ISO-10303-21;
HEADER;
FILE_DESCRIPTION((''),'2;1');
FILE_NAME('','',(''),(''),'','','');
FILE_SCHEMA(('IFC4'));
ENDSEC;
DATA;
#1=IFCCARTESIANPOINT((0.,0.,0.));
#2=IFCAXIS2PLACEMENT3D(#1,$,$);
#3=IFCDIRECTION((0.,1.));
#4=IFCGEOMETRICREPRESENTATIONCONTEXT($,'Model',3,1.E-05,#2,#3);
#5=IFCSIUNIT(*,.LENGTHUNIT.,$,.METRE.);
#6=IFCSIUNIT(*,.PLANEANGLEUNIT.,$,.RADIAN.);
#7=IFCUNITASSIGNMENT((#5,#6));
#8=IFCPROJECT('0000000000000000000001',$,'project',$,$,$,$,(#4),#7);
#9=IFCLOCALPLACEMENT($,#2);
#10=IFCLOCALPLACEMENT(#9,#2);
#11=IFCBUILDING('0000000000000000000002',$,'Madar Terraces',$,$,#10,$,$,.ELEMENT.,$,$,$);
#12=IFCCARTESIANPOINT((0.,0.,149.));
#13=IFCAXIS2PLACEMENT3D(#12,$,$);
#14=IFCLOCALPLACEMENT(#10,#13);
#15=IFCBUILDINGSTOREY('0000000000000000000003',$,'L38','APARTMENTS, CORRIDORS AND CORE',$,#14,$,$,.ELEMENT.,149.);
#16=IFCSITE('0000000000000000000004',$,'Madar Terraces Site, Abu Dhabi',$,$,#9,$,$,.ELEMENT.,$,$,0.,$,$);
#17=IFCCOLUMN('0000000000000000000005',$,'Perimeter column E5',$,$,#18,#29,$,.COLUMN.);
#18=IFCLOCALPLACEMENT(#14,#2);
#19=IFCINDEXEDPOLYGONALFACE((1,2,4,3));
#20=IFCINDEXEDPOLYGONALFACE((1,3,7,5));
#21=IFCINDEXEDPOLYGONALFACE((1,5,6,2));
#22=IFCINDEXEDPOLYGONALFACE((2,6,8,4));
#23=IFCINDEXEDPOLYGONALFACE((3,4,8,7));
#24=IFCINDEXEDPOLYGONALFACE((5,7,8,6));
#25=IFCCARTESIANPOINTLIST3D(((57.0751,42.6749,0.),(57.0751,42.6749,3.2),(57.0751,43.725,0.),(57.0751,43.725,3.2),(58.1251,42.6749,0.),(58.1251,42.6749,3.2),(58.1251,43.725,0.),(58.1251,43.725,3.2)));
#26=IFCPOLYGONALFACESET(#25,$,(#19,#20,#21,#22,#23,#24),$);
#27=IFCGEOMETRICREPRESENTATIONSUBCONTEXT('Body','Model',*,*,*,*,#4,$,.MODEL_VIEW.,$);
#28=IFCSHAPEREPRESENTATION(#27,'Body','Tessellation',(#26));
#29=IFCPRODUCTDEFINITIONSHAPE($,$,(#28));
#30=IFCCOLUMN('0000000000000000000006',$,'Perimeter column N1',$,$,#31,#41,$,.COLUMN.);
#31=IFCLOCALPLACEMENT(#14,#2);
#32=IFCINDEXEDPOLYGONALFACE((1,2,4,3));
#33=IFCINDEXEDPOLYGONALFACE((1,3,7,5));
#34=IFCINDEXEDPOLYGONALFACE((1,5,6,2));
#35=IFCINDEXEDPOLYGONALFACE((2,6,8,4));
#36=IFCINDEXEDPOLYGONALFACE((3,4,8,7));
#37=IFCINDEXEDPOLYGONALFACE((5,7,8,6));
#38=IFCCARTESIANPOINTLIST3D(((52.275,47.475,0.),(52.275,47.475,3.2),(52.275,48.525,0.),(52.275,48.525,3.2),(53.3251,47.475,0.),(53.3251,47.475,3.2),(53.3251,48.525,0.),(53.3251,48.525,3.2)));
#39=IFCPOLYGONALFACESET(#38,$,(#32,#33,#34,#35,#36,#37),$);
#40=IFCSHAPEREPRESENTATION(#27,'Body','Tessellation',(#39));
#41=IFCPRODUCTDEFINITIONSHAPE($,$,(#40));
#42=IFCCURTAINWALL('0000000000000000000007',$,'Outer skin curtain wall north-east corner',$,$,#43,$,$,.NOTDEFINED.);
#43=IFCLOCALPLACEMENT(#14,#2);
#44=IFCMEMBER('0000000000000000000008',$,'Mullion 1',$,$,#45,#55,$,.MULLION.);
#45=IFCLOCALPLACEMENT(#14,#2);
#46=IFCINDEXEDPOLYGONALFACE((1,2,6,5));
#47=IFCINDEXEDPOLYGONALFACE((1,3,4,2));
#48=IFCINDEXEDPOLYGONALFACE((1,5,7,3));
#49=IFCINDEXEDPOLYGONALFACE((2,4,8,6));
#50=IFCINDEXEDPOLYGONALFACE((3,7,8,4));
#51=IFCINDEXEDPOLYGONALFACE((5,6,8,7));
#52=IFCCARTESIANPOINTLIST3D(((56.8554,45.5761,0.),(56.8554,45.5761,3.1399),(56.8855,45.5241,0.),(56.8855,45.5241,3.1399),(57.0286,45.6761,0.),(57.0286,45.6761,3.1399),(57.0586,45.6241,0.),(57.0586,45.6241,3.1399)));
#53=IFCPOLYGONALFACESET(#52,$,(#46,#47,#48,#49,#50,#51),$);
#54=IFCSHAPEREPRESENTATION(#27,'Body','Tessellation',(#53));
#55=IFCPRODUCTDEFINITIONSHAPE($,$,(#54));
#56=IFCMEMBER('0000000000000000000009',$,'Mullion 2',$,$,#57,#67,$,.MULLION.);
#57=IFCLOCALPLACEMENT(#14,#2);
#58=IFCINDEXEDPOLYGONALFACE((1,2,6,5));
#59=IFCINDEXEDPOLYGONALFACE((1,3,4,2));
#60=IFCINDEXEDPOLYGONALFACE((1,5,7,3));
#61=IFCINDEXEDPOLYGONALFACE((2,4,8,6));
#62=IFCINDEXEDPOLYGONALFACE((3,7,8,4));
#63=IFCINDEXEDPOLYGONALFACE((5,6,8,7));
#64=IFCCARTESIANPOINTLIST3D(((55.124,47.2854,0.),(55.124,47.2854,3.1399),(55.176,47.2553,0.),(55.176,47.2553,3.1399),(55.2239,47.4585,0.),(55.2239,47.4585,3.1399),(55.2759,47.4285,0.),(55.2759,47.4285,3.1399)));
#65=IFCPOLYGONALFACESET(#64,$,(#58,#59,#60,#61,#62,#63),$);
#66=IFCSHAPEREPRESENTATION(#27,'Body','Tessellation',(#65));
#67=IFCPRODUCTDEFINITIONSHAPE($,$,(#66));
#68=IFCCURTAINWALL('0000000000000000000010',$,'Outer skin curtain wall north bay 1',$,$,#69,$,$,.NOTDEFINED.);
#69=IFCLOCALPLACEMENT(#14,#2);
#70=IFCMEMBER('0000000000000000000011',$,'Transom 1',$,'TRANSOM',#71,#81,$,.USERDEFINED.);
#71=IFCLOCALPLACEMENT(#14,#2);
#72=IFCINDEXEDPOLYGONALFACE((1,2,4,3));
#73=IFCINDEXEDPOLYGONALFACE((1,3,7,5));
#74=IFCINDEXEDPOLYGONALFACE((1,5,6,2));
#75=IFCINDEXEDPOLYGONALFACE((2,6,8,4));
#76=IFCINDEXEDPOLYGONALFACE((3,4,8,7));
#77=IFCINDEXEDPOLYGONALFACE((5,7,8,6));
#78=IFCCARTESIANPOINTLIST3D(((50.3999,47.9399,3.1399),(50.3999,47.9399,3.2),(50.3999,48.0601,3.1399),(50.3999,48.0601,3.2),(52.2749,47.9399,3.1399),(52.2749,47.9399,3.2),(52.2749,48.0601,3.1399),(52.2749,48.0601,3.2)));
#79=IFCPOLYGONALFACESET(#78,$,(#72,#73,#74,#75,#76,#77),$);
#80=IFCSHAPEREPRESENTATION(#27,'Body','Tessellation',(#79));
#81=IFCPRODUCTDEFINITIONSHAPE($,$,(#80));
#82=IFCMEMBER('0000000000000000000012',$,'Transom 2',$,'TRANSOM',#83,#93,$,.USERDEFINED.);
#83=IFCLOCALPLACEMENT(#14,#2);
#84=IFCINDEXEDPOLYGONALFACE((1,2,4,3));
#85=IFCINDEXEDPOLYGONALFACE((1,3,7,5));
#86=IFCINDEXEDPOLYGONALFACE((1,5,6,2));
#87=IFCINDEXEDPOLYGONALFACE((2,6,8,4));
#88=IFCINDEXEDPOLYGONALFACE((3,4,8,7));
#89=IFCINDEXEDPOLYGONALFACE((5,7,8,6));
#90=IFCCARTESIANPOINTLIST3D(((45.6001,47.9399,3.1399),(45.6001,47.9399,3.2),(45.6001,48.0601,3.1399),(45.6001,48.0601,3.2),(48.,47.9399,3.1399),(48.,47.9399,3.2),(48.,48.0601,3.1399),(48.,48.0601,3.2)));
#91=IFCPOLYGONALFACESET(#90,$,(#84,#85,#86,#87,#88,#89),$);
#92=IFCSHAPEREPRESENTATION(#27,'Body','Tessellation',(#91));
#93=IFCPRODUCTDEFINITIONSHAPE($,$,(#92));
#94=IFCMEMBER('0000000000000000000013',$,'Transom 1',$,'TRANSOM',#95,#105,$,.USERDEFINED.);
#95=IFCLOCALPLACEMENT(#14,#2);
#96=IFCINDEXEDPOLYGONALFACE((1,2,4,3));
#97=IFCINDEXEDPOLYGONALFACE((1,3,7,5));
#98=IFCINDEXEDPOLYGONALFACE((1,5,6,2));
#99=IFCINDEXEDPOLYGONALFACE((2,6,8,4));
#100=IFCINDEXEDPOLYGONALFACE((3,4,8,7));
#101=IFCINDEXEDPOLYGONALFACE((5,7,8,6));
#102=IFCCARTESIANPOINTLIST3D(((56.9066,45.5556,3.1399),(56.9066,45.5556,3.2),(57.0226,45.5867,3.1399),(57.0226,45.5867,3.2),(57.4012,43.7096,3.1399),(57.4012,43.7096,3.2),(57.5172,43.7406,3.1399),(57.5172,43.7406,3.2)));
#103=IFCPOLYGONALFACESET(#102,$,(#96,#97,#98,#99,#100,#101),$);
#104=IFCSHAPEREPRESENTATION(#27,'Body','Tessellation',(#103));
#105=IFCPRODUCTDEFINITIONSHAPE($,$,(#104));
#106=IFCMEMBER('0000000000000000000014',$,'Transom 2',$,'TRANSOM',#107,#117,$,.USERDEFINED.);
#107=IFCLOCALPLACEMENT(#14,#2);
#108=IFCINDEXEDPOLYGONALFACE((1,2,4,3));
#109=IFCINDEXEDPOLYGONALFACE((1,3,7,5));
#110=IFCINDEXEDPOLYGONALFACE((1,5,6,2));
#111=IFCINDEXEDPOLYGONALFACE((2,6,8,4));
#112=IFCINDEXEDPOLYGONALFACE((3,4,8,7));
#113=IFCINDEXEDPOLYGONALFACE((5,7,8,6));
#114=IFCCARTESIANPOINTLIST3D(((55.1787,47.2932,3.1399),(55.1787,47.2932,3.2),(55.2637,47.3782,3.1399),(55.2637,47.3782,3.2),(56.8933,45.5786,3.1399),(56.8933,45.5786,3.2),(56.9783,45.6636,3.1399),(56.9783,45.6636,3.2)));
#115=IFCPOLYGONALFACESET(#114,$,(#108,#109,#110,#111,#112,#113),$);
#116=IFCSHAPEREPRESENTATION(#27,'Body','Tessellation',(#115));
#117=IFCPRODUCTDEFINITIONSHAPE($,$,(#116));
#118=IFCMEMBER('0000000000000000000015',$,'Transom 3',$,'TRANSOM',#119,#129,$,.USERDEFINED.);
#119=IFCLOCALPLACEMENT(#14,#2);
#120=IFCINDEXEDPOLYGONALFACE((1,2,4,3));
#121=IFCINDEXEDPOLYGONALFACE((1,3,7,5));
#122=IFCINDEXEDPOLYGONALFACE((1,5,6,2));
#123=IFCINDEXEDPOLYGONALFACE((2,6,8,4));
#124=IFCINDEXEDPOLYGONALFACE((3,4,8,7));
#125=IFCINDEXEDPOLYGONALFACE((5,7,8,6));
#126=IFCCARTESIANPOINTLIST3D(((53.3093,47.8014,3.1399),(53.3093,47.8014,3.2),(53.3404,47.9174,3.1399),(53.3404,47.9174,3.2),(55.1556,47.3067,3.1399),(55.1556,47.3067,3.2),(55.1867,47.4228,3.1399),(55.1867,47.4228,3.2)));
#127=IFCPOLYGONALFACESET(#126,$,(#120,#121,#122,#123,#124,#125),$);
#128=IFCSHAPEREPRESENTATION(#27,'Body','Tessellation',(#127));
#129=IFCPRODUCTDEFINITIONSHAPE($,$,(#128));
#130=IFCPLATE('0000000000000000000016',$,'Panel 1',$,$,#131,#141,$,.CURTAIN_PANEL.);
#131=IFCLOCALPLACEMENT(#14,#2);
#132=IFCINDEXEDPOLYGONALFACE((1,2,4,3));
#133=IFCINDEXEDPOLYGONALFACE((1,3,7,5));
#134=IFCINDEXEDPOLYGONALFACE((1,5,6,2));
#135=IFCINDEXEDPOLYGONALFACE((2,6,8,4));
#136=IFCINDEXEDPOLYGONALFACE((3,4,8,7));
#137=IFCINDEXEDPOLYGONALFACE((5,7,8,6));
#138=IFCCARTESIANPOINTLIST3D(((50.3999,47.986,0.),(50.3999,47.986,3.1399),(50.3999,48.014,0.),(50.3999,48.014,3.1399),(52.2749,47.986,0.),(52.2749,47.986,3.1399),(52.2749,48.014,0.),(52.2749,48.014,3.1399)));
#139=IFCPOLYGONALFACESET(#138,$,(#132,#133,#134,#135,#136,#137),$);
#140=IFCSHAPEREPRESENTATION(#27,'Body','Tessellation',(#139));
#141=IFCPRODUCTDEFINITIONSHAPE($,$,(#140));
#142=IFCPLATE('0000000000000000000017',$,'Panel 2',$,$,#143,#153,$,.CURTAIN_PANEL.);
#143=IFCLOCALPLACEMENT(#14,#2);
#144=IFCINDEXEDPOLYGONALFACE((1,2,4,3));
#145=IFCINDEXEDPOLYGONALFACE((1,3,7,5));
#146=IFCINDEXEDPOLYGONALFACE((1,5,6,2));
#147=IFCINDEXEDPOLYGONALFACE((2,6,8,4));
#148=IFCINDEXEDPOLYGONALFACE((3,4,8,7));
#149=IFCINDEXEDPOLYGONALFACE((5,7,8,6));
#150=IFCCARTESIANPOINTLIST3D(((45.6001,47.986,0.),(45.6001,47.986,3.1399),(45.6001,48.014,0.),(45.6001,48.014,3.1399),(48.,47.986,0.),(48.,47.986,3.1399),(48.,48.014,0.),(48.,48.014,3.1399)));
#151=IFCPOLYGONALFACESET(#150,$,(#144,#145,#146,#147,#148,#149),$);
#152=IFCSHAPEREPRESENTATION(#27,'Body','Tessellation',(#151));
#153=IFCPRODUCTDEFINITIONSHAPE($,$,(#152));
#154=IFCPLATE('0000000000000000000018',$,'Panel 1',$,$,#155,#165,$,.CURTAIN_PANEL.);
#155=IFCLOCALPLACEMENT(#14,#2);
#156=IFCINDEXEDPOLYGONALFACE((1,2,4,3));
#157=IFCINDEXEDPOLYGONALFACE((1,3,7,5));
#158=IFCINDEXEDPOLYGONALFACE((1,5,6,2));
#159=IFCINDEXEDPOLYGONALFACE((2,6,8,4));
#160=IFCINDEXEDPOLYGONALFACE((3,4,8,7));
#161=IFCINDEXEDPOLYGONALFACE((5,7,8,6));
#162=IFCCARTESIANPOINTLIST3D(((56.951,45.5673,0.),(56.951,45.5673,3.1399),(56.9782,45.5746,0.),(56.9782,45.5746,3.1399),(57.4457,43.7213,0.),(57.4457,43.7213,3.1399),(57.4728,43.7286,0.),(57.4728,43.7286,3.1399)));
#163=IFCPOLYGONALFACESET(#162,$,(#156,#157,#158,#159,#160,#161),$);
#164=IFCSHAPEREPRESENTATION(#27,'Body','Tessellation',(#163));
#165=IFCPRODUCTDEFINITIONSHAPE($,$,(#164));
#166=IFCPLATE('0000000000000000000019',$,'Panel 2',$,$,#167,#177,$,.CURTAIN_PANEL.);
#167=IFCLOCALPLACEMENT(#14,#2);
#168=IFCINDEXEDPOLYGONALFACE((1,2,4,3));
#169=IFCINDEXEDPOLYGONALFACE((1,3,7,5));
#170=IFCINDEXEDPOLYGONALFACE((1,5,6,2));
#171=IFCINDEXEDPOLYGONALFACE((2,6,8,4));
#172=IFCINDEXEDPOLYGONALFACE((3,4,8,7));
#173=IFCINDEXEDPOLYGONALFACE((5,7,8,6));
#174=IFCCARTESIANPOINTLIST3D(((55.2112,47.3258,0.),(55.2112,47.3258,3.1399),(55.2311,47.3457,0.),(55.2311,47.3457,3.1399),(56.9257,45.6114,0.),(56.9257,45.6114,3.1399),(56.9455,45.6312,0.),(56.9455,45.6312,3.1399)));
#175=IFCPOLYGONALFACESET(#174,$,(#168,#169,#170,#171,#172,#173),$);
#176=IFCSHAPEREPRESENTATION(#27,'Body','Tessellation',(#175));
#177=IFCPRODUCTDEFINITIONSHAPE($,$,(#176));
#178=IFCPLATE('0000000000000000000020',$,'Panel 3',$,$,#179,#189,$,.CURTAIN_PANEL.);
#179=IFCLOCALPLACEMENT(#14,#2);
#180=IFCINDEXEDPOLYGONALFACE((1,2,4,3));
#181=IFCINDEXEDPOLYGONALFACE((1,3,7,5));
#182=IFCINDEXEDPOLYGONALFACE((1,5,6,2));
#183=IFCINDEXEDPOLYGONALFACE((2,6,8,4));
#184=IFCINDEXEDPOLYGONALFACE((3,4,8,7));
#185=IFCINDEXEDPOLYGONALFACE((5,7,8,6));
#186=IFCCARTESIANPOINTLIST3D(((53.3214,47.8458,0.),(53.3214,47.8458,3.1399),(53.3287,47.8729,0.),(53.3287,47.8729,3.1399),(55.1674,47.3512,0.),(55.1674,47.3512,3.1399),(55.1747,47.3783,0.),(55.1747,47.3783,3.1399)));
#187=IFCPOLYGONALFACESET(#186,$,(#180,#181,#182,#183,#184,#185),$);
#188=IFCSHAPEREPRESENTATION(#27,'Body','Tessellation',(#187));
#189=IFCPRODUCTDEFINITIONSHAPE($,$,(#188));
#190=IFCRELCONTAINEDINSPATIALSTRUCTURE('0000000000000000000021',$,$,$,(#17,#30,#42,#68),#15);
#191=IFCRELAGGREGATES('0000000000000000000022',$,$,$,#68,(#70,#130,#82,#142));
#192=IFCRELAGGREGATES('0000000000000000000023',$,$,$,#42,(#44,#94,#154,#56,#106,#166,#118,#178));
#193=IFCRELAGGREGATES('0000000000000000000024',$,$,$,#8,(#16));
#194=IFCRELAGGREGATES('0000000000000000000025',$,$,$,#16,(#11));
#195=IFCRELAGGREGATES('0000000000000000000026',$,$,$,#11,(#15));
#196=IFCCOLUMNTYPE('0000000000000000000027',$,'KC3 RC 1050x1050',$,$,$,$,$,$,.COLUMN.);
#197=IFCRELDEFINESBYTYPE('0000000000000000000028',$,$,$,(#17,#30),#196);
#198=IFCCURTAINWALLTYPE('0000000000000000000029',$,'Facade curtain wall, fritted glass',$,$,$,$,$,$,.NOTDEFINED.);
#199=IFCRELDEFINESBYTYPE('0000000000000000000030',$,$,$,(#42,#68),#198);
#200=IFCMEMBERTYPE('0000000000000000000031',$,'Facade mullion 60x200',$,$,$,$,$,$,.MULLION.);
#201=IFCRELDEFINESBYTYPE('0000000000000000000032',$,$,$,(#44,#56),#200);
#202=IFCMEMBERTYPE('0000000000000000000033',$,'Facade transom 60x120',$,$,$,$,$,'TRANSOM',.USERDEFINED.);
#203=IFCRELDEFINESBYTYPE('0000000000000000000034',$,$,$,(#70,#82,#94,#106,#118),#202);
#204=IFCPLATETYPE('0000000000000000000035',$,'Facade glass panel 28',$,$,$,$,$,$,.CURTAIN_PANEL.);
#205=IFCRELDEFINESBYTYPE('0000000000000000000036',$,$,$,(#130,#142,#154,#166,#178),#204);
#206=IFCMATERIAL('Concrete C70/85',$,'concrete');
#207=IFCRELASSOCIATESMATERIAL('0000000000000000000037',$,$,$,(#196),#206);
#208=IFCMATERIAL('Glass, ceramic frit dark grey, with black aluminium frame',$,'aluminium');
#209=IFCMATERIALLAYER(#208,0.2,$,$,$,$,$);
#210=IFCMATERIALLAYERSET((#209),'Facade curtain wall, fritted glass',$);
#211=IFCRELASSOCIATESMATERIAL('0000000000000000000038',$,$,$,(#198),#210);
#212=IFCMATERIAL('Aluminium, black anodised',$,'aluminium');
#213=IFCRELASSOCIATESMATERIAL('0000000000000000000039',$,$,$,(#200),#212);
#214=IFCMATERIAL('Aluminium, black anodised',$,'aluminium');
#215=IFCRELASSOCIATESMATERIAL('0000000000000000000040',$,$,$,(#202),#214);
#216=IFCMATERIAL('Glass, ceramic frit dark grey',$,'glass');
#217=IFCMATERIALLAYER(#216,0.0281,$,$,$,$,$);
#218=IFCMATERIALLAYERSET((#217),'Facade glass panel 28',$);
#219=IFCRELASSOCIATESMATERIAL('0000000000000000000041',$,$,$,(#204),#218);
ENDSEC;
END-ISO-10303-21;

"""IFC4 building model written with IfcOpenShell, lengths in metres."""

from ifc_helpers import new_model, si_unit, direction, frame, origin, origin_2d, place, context, subcontext, project, spatial, rectangle, extrude, material, layer, layer_set, material_profile, profile_set, type_object, element, aggregate, save


model = new_model("IFC4")

# Units and contexts
model_context = context("Model", 3, precision=1e-05, world=origin(), true_north=direction((0.0, 1.0)))
body_context = subcontext(model_context, "Body", "Model", "MODEL_VIEW")
ifc_project = project(units=[si_unit("LENGTHUNIT", "METRE"), si_unit("PLANEANGLEUNIT", "RADIAN")], contexts=[model_context])

# Site, building, storey
site_placement = place(None, origin())
site = spatial("IfcSite", under=ifc_project, at=site_placement, Name="Madar Terraces Site, Abu Dhabi", CompositionType="ELEMENT", RefElevation=0.0)
building_placement = place(site_placement, origin())
building = spatial("IfcBuilding", under=site, at=building_placement, Name="Madar Terraces", CompositionType="ELEMENT")
storey_placement = place(building_placement, frame((0.0, 0.0, 149.0)))
storey = spatial("IfcBuildingStorey", under=building, at=storey_placement, Name="L38", Description="APARTMENTS, CORRIDORS AND CORE", CompositionType="ELEMENT", Elevation=149.0)

# Columns
ifc_material_1 = material(Name="Concrete C70/85", Category="concrete")
ifc_material_profile_1 = material_profile(ifc_material_1, rectangle(XDim=1.05, YDim=1.05, at=origin_2d()), Name="KC3 RC 1050x1050")
ifc_profile_set_1 = profile_set([ifc_material_profile_1], Name="Concrete C70/85")
column_type = type_object("IfcColumnType", Name="KC3 RC 1050x1050", PredefinedType="COLUMN", material=ifc_profile_set_1)
for number, where, z_axis, x_axis, name in (
    (1, (57.6001, 43.2, 0.0), (0.0, 0.0, 1.0), (1.0, 0.0, 0.0), "Perimeter column E5"),
    (2, (52.8, 48.0, 0.0), (0.0, 0.0, 1.0), (1.0, 0.0, 0.0), "Perimeter column N1"),
):
    element("IfcColumn", number, at=place(storey_placement, frame(where, z_axis=z_axis, x_axis=x_axis)), inside=storey, type_object=column_type, Name=name, PredefinedType="COLUMN", context=body_context, shape_type="SweptSolid", body=[
        extrude(rectangle(XDim=1.05, YDim=1.05, at=origin_2d()), origin(), (0.0, 0.0, 1.0), 3.2),
    ])

# Curtain walls, members
ifc_material_2 = material(Name="Glass, ceramic frit dark grey, with black aluminium frame", Category="aluminium")
ifc_layer_1 = layer(ifc_material_2, 0.2)
ifc_layer_set_1 = layer_set([ifc_layer_1], Name="Facade curtain wall, fritted glass")
curtain_wall_type = type_object("IfcCurtainWallType", Name="Facade curtain wall, fritted glass", PredefinedType="NOTDEFINED", material=ifc_layer_set_1)
curtain_wall_1_placement = place(storey_placement, origin())
curtain_wall_1 = element("IfcCurtainWall", 3, at=curtain_wall_1_placement, inside=storey, type_object=curtain_wall_type, Name="Outer skin curtain wall north-east corner", PredefinedType="NOTDEFINED")
ifc_material_3 = material(Name="Aluminium, black anodised", Category="aluminium")
ifc_material_profile_2 = material_profile(ifc_material_3, rectangle(XDim=0.2, YDim=0.0601, at=origin_2d()), Name="Facade mullion 60x200")
ifc_profile_set_2 = profile_set([ifc_material_profile_2], Name="Aluminium, black anodised")
member_type_1 = type_object("IfcMemberType", Name="Facade mullion 60x200", PredefinedType="MULLION", material=ifc_profile_set_2)
member_1_placement = place(storey_placement, frame((56.957, 45.6001, 0.0), z_axis=(0.0, 0.0, 1.0), x_axis=(-0.866025, -0.5, 0.0)))
member_1 = element("IfcMember", 4, at=member_1_placement, type_object=member_type_1, Name="Mullion 1", PredefinedType="MULLION", context=body_context, shape_type="SweptSolid", body=[
    extrude(rectangle(XDim=0.2, YDim=0.0601, at=origin_2d()), origin(), (0.0, 0.0, 1.0), 3.1399),
])
member_2_placement = place(storey_placement, frame((55.2, 47.3569, 0.0), z_axis=(0.0, 0.0, 1.0), x_axis=(-0.5, -0.866025, 0.0)))
member_2 = element("IfcMember", 5, at=member_2_placement, type_object=member_type_1, Name="Mullion 2", PredefinedType="MULLION", context=body_context, shape_type="SweptSolid", body=[
    extrude(rectangle(XDim=0.2, YDim=0.0601, at=origin_2d()), origin(), (0.0, 0.0, 1.0), 3.1399),
])
curtain_wall_2_placement = place(storey_placement, origin())
curtain_wall_2 = element("IfcCurtainWall", 6, at=curtain_wall_2_placement, inside=storey, type_object=curtain_wall_type, Name="Outer skin curtain wall north bay 1", PredefinedType="NOTDEFINED")
ifc_material_4 = material(Name="Aluminium, black anodised", Category="aluminium")
ifc_material_profile_3 = material_profile(ifc_material_4, rectangle(XDim=0.1201, YDim=0.0601, at=origin_2d()), Name="Facade transom 60x120")
ifc_profile_set_3 = profile_set([ifc_material_profile_3], Name="Aluminium, black anodised")
member_type_2 = type_object("IfcMemberType", Name="Facade transom 60x120", ElementType="TRANSOM", PredefinedType="USERDEFINED", material=ifc_profile_set_3)
member_3_placement = place(storey_placement, frame((52.2749, 48.0, 3.1699), z_axis=(-1.0, 0.0, 0.0), x_axis=(0.0, -1.0, 0.0)))
member_3 = element("IfcMember", 7, at=member_3_placement, type_object=member_type_2, Name="Transom 1", ObjectType="TRANSOM", PredefinedType="USERDEFINED", context=body_context, shape_type="SweptSolid", body=[
    extrude(rectangle(XDim=0.1201, YDim=0.0601, at=origin_2d()), origin(), (0.0, 0.0, 1.0), 1.875),
])
member_4_placement = place(storey_placement, frame((48.0, 48.0, 3.1699), z_axis=(-1.0, 0.0, 0.0), x_axis=(0.0, -1.0, 0.0)))
member_4 = element("IfcMember", 8, at=member_4_placement, type_object=member_type_2, Name="Transom 2", ObjectType="TRANSOM", PredefinedType="USERDEFINED", context=body_context, shape_type="SweptSolid", body=[
    extrude(rectangle(XDim=0.1201, YDim=0.0601, at=origin_2d()), origin(), (0.0, 0.0, 1.0), 2.3999),
])

# Members
member_5_placement = place(storey_placement, frame((57.4592, 43.7251, 3.1699), z_axis=(-0.258823, 0.965925, 0.0), x_axis=(-0.965925, -0.258823, 0.0)))
member_5 = element("IfcMember", 9, at=member_5_placement, type_object=member_type_2, Name="Transom 1", ObjectType="TRANSOM", PredefinedType="USERDEFINED", context=body_context, shape_type="SweptSolid", body=[
    extrude(rectangle(XDim=0.1201, YDim=0.0601, at=origin_2d()), origin(), (0.0, 0.0, 1.0), 1.9111),
])
member_6_placement = place(storey_placement, frame((56.9358, 45.6211, 3.1699), z_axis=(-0.707107, 0.707107, 0.0), x_axis=(-0.707107, -0.707107, 0.0)))
member_6 = element("IfcMember", 10, at=member_6_placement, type_object=member_type_2, Name="Transom 2", ObjectType="TRANSOM", PredefinedType="USERDEFINED", context=body_context, shape_type="SweptSolid", body=[
    extrude(rectangle(XDim=0.1201, YDim=0.0601, at=origin_2d()), origin(), (0.0, 0.0, 1.0), 2.4248),
])
member_7_placement = place(storey_placement, frame((55.1711, 47.3647, 3.1699), z_axis=(-0.965933, 0.258791, 0.0), x_axis=(-0.258791, -0.965933, 0.0)))
member_7 = element("IfcMember", 11, at=member_7_placement, type_object=member_type_2, Name="Transom 3", ObjectType="TRANSOM", PredefinedType="USERDEFINED", context=body_context, shape_type="SweptSolid", body=[
    extrude(rectangle(XDim=0.1201, YDim=0.0601, at=origin_2d()), origin(), (0.0, 0.0, 1.0), 1.9114),
])

# Plates
ifc_material_5 = material(Name="Glass, ceramic frit dark grey", Category="glass")
ifc_layer_2 = layer(ifc_material_5, 0.0281)
ifc_layer_set_2 = layer_set([ifc_layer_2], Name="Facade glass panel 28")
plate_type = type_object("IfcPlateType", Name="Facade glass panel 28", PredefinedType="CURTAIN_PANEL", material=ifc_layer_set_2)
plate_1_placement = place(storey_placement, frame((51.3374, 48.0, 0.0), z_axis=(0.0, 0.0, 1.0), x_axis=(-1.0, 0.0, 0.0)))
plate_1 = element("IfcPlate", 12, at=plate_1_placement, type_object=plate_type, Name="Panel 1", PredefinedType="CURTAIN_PANEL", context=body_context, shape_type="SweptSolid", body=[
    extrude(rectangle(XDim=1.875, YDim=0.0281, at=origin_2d()), origin(), (0.0, 0.0, 1.0), 3.1399),
])
plate_2_placement = place(storey_placement, frame((46.8, 48.0, 0.0), z_axis=(0.0, 0.0, 1.0), x_axis=(-1.0, 0.0, 0.0)))
plate_2 = element("IfcPlate", 13, at=plate_2_placement, type_object=plate_type, Name="Panel 2", PredefinedType="CURTAIN_PANEL", context=body_context, shape_type="SweptSolid", body=[
    extrude(rectangle(XDim=2.3999, YDim=0.0281, at=origin_2d()), origin(), (0.0, 0.0, 1.0), 3.1399),
])
aggregate(curtain_wall_2, [member_3, plate_1, member_4, plate_2])
plate_3_placement = place(storey_placement, frame((57.2119, 44.6479, 0.0), z_axis=(0.0, 0.0, 1.0), x_axis=(-0.258819, 0.965926, 0.0)))
plate_3 = element("IfcPlate", 14, at=plate_3_placement, type_object=plate_type, Name="Panel 1", PredefinedType="CURTAIN_PANEL", context=body_context, shape_type="SweptSolid", body=[
    extrude(rectangle(XDim=1.9111, YDim=0.0281, at=origin_2d()), origin(), (0.0, 0.0, 1.0), 3.1399),
])
plate_4_placement = place(storey_placement, frame((56.0784, 46.4785, 0.0), z_axis=(0.0, 0.0, 1.0), x_axis=(-0.707107, 0.707107, 0.0)))
plate_4 = element("IfcPlate", 15, at=plate_4_placement, type_object=plate_type, Name="Panel 2", PredefinedType="CURTAIN_PANEL", context=body_context, shape_type="SweptSolid", body=[
    extrude(rectangle(XDim=2.4246, YDim=0.0281, at=origin_2d()), origin(), (0.0, 0.0, 1.0), 3.1399),
])
plate_5_placement = place(storey_placement, frame((54.248, 47.6121, 0.0), z_axis=(0.0, 0.0, 1.0), x_axis=(-0.965926, 0.258819, 0.0)))
plate_5 = element("IfcPlate", 16, at=plate_5_placement, type_object=plate_type, Name="Panel 3", PredefinedType="CURTAIN_PANEL", context=body_context, shape_type="SweptSolid", body=[
    extrude(rectangle(XDim=1.9111, YDim=0.0281, at=origin_2d()), origin(), (0.0, 0.0, 1.0), 3.1399),
])
aggregate(curtain_wall_1, [member_1, member_5, plate_3, member_2, member_6, plate_4, member_7, plate_5])

save(model, "model.ifc")
